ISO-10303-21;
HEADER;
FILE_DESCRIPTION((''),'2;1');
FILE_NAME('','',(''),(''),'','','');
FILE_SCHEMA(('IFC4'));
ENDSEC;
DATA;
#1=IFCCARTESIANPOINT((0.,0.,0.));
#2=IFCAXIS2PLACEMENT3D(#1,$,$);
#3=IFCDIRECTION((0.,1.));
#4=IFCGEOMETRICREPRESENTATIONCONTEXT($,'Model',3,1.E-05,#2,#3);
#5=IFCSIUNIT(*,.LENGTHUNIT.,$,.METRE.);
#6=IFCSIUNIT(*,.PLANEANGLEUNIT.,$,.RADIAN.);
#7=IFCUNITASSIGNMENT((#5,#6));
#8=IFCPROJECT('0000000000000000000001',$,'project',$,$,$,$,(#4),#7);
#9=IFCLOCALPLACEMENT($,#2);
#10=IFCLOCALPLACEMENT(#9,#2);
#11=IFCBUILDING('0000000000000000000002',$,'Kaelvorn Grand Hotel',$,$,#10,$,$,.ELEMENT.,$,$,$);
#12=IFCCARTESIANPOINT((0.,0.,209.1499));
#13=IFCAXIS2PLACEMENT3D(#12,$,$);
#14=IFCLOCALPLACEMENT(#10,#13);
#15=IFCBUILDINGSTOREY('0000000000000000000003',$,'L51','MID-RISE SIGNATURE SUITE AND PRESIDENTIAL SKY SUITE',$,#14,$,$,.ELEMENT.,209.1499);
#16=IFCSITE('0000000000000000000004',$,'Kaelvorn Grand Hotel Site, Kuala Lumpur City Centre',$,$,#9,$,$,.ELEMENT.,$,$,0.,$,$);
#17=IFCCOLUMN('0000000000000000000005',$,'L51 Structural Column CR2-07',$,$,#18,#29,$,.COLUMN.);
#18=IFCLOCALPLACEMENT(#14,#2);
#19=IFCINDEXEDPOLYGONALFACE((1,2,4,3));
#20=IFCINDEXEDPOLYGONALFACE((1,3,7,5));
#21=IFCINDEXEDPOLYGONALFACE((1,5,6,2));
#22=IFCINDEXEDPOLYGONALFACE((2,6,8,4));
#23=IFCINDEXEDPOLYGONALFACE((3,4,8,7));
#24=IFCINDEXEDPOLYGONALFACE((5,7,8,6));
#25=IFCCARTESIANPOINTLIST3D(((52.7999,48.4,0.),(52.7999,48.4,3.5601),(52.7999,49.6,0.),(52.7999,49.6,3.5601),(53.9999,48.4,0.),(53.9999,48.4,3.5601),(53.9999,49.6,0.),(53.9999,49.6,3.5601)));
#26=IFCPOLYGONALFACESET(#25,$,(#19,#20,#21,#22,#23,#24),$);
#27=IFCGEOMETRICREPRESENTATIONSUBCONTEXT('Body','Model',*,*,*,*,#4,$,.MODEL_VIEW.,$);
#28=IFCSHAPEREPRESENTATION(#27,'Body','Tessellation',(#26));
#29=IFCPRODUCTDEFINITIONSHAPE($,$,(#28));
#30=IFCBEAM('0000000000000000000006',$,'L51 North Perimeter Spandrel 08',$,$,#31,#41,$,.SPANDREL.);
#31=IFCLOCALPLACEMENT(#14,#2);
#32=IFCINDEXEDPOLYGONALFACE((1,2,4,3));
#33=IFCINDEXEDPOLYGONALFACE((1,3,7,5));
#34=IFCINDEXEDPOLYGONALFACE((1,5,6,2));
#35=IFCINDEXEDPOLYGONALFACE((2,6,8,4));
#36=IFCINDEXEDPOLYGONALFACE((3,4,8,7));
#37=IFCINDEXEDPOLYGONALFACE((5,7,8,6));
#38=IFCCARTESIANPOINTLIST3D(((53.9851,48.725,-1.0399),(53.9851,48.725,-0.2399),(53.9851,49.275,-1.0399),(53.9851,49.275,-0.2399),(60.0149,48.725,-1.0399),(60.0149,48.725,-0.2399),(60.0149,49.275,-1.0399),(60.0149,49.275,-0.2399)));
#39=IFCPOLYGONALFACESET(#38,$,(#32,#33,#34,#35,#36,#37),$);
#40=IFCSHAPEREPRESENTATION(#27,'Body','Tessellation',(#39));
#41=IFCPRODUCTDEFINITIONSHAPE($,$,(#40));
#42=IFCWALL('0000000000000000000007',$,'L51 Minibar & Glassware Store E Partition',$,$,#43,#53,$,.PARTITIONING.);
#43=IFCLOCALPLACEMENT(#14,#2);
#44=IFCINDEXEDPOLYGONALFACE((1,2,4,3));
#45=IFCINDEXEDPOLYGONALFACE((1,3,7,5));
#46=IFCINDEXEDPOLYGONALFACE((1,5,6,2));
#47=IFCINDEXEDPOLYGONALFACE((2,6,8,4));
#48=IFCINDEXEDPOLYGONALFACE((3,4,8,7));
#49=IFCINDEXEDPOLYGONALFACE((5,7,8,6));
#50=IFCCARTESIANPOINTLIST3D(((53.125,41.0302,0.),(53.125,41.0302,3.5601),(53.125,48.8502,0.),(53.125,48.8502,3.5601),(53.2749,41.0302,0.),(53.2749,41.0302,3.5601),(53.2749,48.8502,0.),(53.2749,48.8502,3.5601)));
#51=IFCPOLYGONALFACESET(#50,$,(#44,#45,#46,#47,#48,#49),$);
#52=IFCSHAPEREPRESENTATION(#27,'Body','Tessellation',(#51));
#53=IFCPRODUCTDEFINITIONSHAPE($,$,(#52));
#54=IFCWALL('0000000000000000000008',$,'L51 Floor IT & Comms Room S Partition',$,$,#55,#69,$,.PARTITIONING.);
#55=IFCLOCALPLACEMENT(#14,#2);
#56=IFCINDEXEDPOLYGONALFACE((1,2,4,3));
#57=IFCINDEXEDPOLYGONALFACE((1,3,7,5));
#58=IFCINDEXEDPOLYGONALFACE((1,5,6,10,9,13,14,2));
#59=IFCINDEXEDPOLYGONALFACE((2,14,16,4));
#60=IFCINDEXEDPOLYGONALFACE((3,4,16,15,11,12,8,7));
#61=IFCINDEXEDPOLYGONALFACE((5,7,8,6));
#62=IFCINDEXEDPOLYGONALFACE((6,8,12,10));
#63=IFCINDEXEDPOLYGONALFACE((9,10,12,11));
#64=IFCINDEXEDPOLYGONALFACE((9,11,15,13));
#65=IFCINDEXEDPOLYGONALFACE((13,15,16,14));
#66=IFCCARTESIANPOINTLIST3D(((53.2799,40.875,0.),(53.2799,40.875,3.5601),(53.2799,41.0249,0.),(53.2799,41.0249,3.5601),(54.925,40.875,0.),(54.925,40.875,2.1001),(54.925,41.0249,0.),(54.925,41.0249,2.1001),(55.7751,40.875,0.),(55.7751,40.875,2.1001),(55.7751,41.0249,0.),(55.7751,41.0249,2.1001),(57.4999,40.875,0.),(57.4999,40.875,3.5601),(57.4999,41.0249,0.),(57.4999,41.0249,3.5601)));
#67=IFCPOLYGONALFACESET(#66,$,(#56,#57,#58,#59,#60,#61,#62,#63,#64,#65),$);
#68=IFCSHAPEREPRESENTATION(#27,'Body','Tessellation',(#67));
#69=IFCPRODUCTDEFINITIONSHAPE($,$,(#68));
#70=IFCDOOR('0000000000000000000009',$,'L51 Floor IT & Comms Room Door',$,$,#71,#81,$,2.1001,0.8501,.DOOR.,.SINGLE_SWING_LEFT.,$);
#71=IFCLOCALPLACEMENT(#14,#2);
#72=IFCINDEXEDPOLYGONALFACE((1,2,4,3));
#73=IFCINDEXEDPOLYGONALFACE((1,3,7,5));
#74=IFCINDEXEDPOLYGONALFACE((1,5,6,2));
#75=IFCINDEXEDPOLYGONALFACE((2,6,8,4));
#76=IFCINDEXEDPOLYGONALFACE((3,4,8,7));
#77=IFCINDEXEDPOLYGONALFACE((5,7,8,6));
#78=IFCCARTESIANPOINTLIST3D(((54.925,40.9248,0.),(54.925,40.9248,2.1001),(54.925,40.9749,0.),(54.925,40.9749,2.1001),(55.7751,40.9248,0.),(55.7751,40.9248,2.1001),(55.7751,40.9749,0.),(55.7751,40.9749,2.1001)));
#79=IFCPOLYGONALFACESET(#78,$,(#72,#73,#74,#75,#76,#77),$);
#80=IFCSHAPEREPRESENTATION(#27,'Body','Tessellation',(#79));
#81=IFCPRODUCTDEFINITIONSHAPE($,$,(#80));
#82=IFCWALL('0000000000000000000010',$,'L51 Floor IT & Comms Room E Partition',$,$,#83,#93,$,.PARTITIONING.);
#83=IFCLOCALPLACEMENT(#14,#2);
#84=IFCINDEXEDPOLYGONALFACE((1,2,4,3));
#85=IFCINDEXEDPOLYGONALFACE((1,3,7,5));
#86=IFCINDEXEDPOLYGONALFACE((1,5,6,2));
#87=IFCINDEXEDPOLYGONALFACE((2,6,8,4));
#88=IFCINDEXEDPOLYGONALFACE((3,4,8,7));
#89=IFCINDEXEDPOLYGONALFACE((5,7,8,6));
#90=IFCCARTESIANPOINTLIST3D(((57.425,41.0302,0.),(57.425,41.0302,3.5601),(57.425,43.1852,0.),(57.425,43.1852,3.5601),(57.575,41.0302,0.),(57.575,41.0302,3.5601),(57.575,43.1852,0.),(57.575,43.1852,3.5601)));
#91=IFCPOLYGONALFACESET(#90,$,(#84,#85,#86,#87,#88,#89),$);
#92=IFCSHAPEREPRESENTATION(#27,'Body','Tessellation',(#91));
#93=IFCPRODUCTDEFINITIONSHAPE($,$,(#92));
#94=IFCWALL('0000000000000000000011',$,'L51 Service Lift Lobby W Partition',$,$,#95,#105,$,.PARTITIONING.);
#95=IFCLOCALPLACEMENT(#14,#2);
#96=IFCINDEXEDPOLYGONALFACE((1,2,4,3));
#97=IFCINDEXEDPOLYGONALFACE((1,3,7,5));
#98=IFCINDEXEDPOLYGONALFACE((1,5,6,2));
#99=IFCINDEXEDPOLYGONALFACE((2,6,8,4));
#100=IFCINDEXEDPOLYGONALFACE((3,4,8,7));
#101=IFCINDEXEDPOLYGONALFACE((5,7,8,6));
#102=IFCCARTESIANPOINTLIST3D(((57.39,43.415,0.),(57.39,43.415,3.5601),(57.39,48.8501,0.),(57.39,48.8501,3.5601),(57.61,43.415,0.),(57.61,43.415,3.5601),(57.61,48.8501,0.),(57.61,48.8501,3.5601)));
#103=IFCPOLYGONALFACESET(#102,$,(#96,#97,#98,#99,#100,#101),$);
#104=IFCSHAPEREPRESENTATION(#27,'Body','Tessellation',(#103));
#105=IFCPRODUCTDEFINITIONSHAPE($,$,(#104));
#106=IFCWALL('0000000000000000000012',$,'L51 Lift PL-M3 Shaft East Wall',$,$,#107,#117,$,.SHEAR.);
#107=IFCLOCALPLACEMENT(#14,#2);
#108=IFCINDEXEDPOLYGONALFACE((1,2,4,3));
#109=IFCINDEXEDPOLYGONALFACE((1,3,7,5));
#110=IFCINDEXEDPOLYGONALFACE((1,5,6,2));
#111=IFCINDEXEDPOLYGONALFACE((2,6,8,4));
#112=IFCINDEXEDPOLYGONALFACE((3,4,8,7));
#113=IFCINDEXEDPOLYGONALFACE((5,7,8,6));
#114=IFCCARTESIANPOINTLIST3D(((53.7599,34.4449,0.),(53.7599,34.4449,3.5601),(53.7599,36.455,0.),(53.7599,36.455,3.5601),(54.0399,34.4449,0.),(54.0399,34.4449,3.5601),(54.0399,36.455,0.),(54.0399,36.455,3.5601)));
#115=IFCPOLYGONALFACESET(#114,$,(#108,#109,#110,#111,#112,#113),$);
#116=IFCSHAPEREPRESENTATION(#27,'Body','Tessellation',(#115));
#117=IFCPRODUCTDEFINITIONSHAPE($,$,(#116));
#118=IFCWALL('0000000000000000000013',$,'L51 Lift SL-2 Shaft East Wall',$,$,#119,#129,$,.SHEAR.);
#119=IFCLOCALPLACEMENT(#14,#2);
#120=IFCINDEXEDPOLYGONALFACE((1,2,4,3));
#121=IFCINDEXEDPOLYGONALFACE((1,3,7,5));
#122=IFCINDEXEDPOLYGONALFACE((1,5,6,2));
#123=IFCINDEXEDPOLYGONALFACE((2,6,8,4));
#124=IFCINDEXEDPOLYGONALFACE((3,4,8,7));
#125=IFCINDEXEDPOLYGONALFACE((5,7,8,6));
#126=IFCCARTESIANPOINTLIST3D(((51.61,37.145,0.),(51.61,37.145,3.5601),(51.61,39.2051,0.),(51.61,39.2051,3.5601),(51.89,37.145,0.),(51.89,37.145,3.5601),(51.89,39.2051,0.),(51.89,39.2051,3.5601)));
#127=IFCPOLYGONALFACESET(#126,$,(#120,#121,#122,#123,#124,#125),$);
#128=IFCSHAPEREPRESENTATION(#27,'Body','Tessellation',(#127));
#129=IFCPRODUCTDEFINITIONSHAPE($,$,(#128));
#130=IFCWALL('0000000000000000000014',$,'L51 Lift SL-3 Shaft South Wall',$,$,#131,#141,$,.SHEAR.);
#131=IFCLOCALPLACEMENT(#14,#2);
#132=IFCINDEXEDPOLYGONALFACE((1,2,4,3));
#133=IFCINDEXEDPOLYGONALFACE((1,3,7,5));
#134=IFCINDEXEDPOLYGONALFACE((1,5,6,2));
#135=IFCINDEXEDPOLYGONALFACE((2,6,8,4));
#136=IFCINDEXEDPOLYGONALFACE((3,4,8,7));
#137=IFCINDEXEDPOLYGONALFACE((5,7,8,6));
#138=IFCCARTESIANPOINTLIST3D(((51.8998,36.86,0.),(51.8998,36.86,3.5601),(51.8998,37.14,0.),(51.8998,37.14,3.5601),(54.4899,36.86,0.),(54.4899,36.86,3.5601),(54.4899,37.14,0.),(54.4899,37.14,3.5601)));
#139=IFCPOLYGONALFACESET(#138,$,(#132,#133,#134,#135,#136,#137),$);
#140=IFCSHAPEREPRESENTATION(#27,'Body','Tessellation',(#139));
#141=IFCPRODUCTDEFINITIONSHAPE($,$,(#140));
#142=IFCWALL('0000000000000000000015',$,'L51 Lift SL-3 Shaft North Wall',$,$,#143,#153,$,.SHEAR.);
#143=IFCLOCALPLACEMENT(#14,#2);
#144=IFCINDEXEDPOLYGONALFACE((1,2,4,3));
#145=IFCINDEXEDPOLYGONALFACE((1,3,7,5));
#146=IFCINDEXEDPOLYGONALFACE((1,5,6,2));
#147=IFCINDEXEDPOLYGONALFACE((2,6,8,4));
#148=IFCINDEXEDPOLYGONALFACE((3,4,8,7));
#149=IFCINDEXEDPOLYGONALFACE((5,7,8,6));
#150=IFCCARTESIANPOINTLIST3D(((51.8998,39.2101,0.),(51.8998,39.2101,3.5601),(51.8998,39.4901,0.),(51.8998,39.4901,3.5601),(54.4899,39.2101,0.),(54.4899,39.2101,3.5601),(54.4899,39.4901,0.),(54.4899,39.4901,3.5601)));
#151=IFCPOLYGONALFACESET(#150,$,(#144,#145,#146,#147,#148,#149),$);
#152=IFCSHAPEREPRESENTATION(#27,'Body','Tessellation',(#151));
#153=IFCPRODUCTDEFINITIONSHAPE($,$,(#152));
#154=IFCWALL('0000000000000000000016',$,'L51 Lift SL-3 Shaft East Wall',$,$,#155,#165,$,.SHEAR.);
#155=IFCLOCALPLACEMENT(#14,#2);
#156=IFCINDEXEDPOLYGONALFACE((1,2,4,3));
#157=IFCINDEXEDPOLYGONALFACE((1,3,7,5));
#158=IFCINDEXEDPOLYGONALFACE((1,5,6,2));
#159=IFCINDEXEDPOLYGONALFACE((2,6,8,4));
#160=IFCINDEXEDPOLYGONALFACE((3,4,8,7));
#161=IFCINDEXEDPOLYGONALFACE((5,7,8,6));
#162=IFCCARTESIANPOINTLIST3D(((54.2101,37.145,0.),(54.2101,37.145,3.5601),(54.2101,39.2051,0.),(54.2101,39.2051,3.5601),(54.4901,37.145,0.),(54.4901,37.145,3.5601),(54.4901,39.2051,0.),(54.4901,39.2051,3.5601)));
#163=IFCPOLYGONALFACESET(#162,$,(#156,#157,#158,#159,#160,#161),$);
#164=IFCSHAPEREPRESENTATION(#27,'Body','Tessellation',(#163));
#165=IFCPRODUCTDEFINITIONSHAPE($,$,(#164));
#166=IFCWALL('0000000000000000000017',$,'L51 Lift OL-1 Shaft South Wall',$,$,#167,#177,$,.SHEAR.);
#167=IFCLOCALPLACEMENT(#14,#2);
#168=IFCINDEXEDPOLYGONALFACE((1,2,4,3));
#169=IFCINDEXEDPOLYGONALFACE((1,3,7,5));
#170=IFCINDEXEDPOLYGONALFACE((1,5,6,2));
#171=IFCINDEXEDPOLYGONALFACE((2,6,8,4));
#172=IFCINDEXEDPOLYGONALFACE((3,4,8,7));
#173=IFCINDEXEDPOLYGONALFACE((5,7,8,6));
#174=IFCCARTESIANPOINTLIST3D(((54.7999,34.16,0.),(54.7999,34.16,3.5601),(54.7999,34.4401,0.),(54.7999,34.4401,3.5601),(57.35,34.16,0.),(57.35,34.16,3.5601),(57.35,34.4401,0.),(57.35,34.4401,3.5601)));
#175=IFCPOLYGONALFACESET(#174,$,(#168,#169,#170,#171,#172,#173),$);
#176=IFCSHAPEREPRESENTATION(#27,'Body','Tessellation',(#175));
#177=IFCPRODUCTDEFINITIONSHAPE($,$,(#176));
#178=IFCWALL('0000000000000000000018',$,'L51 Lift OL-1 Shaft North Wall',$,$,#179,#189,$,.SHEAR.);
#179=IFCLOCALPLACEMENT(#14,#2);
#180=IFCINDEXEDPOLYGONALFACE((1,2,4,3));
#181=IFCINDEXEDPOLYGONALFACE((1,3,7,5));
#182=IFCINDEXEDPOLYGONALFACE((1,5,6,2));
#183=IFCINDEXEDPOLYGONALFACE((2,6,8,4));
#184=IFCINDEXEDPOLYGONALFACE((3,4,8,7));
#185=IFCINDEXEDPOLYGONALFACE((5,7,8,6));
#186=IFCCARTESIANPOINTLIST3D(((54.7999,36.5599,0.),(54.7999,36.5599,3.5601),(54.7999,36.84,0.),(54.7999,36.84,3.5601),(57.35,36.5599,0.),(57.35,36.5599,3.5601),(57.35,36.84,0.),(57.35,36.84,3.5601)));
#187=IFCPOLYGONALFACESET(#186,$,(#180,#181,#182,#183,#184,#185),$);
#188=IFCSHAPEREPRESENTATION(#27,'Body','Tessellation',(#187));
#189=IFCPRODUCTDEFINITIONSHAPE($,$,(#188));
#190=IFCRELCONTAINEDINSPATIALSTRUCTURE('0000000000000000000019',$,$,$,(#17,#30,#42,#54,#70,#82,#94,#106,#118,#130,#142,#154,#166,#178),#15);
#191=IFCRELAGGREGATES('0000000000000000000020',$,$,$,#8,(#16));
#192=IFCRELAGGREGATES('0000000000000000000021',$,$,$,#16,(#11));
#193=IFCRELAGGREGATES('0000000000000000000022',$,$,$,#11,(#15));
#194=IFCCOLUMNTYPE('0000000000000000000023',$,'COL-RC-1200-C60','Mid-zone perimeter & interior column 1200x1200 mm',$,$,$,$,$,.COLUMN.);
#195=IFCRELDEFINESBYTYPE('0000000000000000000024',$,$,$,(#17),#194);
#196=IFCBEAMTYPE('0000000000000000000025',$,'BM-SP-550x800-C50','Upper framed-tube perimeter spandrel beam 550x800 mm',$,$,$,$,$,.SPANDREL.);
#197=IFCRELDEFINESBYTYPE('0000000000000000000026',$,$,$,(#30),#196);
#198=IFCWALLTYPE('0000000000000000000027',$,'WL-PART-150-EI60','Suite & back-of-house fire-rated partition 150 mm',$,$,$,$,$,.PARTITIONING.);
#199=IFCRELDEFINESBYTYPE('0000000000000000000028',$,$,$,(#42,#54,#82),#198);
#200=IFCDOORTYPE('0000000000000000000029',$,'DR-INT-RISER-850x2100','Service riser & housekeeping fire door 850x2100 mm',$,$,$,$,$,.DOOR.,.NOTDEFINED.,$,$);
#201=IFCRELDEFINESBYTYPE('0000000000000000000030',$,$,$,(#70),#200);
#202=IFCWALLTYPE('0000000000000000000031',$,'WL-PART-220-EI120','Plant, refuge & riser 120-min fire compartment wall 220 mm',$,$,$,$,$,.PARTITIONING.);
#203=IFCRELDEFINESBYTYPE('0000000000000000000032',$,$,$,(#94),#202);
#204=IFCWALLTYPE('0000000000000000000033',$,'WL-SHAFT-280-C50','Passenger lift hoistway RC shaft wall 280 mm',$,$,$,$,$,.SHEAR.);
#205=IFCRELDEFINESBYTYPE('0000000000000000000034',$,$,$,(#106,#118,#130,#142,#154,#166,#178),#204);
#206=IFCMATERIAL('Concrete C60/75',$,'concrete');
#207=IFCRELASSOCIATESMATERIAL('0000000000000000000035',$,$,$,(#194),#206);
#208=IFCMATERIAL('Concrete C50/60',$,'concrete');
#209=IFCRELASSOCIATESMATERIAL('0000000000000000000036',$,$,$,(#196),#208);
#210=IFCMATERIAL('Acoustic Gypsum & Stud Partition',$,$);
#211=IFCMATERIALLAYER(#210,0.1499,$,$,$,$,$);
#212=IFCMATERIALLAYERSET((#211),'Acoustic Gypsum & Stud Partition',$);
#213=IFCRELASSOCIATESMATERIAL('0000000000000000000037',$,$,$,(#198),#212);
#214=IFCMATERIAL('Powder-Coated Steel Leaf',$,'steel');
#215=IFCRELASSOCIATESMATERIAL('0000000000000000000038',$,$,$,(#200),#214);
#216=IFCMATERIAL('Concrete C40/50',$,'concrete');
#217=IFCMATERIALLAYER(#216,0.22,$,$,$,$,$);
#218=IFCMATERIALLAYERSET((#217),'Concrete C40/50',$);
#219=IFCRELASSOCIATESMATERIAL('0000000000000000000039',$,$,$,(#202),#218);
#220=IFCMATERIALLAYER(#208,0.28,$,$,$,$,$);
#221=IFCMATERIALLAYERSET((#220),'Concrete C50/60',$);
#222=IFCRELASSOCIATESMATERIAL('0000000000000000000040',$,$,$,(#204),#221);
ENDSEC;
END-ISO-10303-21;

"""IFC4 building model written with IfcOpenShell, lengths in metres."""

from ifc_helpers import new_model, si_unit, direction, frame, frame_2d, origin, origin_2d, place, context, subcontext, project, spatial, rectangle, extrude, material, layer, layer_set, material_profile, profile_set, type_object, element, fill, save


model = new_model("IFC4")

# Units and contexts
model_context = context("Model", 3, precision=1e-05, world=origin(), true_north=direction((0.0, 1.0)))
body_context = subcontext(model_context, "Body", "Model", "MODEL_VIEW")
ifc_project = project(units=[si_unit("LENGTHUNIT", "METRE"), si_unit("PLANEANGLEUNIT", "RADIAN")], contexts=[model_context])

# Site, building, storey
site_placement = place(None, origin())
site = spatial("IfcSite", under=ifc_project, at=site_placement, Name="Kaelvorn Grand Hotel Site, Kuala Lumpur City Centre", CompositionType="ELEMENT", RefElevation=0.0)
building_placement = place(site_placement, origin())
building = spatial("IfcBuilding", under=site, at=building_placement, Name="Kaelvorn Grand Hotel", CompositionType="ELEMENT")
storey_placement = place(building_placement, frame((0.0, 0.0, 209.1499)))
storey = spatial("IfcBuildingStorey", under=building, at=storey_placement, Name="L51", Description="MID-RISE SIGNATURE SUITE AND PRESIDENTIAL SKY SUITE", CompositionType="ELEMENT", Elevation=209.1499)

# Column
ifc_material_1 = material(Name="Concrete C60/75", Category="concrete")
ifc_material_profile_1 = material_profile(ifc_material_1, rectangle(XDim=1.2, YDim=1.2, at=origin_2d()), Name="RC COL 1200x1200")
ifc_profile_set_1 = profile_set([ifc_material_profile_1], Name="Concrete C60/75")
column_type = type_object("IfcColumnType", Name="COL-RC-1200-C60", Description="Mid-zone perimeter & interior column 1200x1200 mm", PredefinedType="COLUMN", material=ifc_profile_set_1)
column_placement = place(storey_placement, frame((53.3999, 49.0, 0.0), z_axis=(0.0, 0.0, 1.0), x_axis=(1.0, 0.0, 0.0)))
element("IfcColumn", 1, at=column_placement, inside=storey, type_object=column_type, Name="L51 Structural Column CR2-07", PredefinedType="COLUMN", context=body_context, shape_type="SweptSolid", body=[
    extrude(rectangle(XDim=1.2, YDim=1.2, at=origin_2d()), origin(), (0.0, 0.0, 1.0), 3.5601),
])

# Beam
ifc_material_2 = material(Name="Concrete C50/60", Category="concrete")
ifc_material_profile_2 = material_profile(ifc_material_2, rectangle(XDim=0.55, YDim=0.8, at=origin_2d()), Name="RC SPANDREL 550x800")
ifc_profile_set_2 = profile_set([ifc_material_profile_2], Name="Concrete C50/60")
beam_type = type_object("IfcBeamType", Name="BM-SP-550x800-C50", Description="Upper framed-tube perimeter spandrel beam 550x800 mm", PredefinedType="SPANDREL", material=ifc_profile_set_2)
beam_placement = place(storey_placement, frame((53.9851, 49.0, -0.6399), z_axis=(1.0, 0.0, 0.0), x_axis=(0.0, 1.0, 0.0)))
element("IfcBeam", 2, at=beam_placement, inside=storey, type_object=beam_type, Name="L51 North Perimeter Spandrel 08", PredefinedType="SPANDREL", context=body_context, shape_type="SweptSolid", body=[
    extrude(rectangle(XDim=0.55, YDim=0.8, at=origin_2d()), origin(), (0.0, 0.0, 1.0), 6.0298),
])

# Wall
ifc_material_3 = material(Name="Acoustic Gypsum & Stud Partition")
ifc_layer_1 = layer(ifc_material_3, 0.1499)
ifc_layer_set_1 = layer_set([ifc_layer_1], Name="Acoustic Gypsum & Stud Partition")
wall_type_1 = type_object("IfcWallType", Name="WL-PART-150-EI60", Description="Suite & back-of-house fire-rated partition 150 mm", PredefinedType="PARTITIONING", material=ifc_layer_set_1)
wall_1_placement = place(storey_placement, frame((53.2, 41.03, 0.0), z_axis=(0.0, 0.0, 1.0), x_axis=(0.0, 1.0, 0.0)))
element("IfcWall", 3, at=wall_1_placement, inside=storey, type_object=wall_type_1, Name="L51 Minibar & Glassware Store E Partition", PredefinedType="PARTITIONING", context=body_context, shape_type="SweptSolid", body=[
    extrude(rectangle(XDim=7.8201, YDim=0.1499, at=frame_2d((3.9102, 0.0))), origin(), (0.0, 0.0, 1.0), 3.5601),
])

# Wall, opening, door
wall_2_placement = place(storey_placement, frame((53.28, 40.95, 0.0), z_axis=(0.0, 0.0, 1.0), x_axis=(1.0, 0.0, 0.0)))
wall_2 = element("IfcWall", 4, at=wall_2_placement, inside=storey, type_object=wall_type_1, Name="L51 Floor IT & Comms Room S Partition", PredefinedType="PARTITIONING", context=body_context, shape_type="SweptSolid", body=[
    extrude(rectangle(XDim=4.22, YDim=0.1499, at=frame_2d((2.1099, 0.0))), origin(), (0.0, 0.0, 1.0), 3.5601),
])
opening_1_placement = place(wall_2_placement, frame((1.645, 0.0, 0.0)))
opening_1 = element("IfcOpeningElement", 5, at=opening_1_placement, cuts=wall_2, PredefinedType="OPENING", context=body_context, shape_type="SweptSolid", body=[
    extrude(rectangle(XDim=0.8501, YDim=2.1001, at=frame_2d((0.425, 1.05))), frame((0.0, 0.085, 0.0), z_axis=(0.0, -1.0, 0.0), x_axis=(1.0, 0.0, 0.0)), (0.0, 0.0, 1.0), 0.1699),
])
ifc_material_4 = material(Name="Powder-Coated Steel Leaf", Category="steel")
door_type_1 = type_object("IfcDoorType", Name="DR-INT-RISER-850x2100", Description="Service riser & housekeeping fire door 850x2100 mm", OperationType="NOTDEFINED", PredefinedType="DOOR", material=ifc_material_4)
door_1_placement = place(opening_1_placement, origin())
door_1 = element("IfcDoor", 6, at=door_1_placement, inside=storey, type_object=door_type_1, Name="L51 Floor IT & Comms Room Door", OperationType="SINGLE_SWING_LEFT", OverallHeight=2.1001, OverallWidth=0.8501, PredefinedType="DOOR", context=body_context, shape_type="SweptSolid", body=[
    extrude(rectangle(XDim=0.8501, YDim=2.1001, at=frame_2d((0.425, 1.05))), frame((0.0, 0.0249, 0.0), z_axis=(0.0, -1.0, 0.0), x_axis=(1.0, 0.0, 0.0)), (0.0, 0.0, 1.0), 0.05),
])
fill(opening_1, door_1)

# Wall
wall_3_placement = place(storey_placement, frame((57.5, 41.03, 0.0), z_axis=(0.0, 0.0, 1.0), x_axis=(0.0, 1.0, 0.0)))
element("IfcWall", 7, at=wall_3_placement, inside=storey, type_object=wall_type_1, Name="L51 Floor IT & Comms Room E Partition", PredefinedType="PARTITIONING", context=body_context, shape_type="SweptSolid", body=[
    extrude(rectangle(XDim=2.155, YDim=0.1499, at=frame_2d((1.0776, 0.0))), origin(), (0.0, 0.0, 1.0), 3.5601),
])

# Shared definitions
ifc_material_5 = material(Name="Concrete C40/50", Category="concrete")
ifc_layer_2 = layer(ifc_material_5, 0.22)
ifc_layer_set_2 = layer_set([ifc_layer_2], Name="Concrete C40/50")
wall_type_2 = type_object("IfcWallType", Name="WL-PART-220-EI120", Description="Plant, refuge & riser 120-min fire compartment wall 220 mm", PredefinedType="PARTITIONING", material=ifc_layer_set_2)

# Walls
wall_4_placement = place(storey_placement, frame((57.5, 43.415, 0.0), z_axis=(0.0, 0.0, 1.0), x_axis=(0.0, 1.0, 0.0)))
element("IfcWall", 8, at=wall_4_placement, inside=storey, type_object=wall_type_2, Name="L51 Service Lift Lobby W Partition", PredefinedType="PARTITIONING", context=body_context, shape_type="SweptSolid", body=[
    extrude(rectangle(XDim=5.4351, YDim=0.22, at=frame_2d((2.7175, 0.0))), origin(), (0.0, 0.0, 1.0), 3.5601),
])
ifc_layer_3 = layer(ifc_material_2, 0.28)
ifc_layer_set_3 = layer_set([ifc_layer_3], Name="Concrete C50/60")
wall_type_3 = type_object("IfcWallType", Name="WL-SHAFT-280-C50", Description="Passenger lift hoistway RC shaft wall 280 mm", PredefinedType="SHEAR", material=ifc_layer_set_3)
wall_5_placement = place(storey_placement, frame((53.8999, 34.4451, 0.0), z_axis=(0.0, 0.0, 1.0), x_axis=(0.0, 1.0, 0.0)))
element("IfcWall", 9, at=wall_5_placement, inside=storey, type_object=wall_type_3, Name="L51 Lift PL-M3 Shaft East Wall", PredefinedType="SHEAR", context=body_context, shape_type="SweptSolid", body=[
    extrude(rectangle(XDim=2.01, YDim=0.28, at=frame_2d((1.0049, 0.0))), origin(), (0.0, 0.0, 1.0), 3.5601),
])
wall_6_placement = place(storey_placement, frame((51.75, 37.145, 0.0), z_axis=(0.0, 0.0, 1.0), x_axis=(0.0, 1.0, 0.0)))
element("IfcWall", 10, at=wall_6_placement, inside=storey, type_object=wall_type_3, Name="L51 Lift SL-2 Shaft East Wall", PredefinedType="SHEAR", context=body_context, shape_type="SweptSolid", body=[
    extrude(rectangle(XDim=2.0601, YDim=0.28, at=frame_2d((1.03, 0.0))), origin(), (0.0, 0.0, 1.0), 3.5601),
])
for number, where, z_axis, x_axis, name in (
    (11, (51.8999, 37.0, 0.0), (0.0, 0.0, 1.0), (1.0, 0.0, 0.0), "L51 Lift SL-3 Shaft South Wall"),
    (12, (51.8999, 39.3501, 0.0), (0.0, 0.0, 1.0), (1.0, 0.0, 0.0), "L51 Lift SL-3 Shaft North Wall"),
):
    element("IfcWall", number, at=place(storey_placement, frame(where, z_axis=z_axis, x_axis=x_axis)), inside=storey, type_object=wall_type_3, Name=name, PredefinedType="SHEAR", context=body_context, shape_type="SweptSolid", body=[
        extrude(rectangle(XDim=2.5901, YDim=0.28, at=frame_2d((1.2949, 0.0))), origin(), (0.0, 0.0, 1.0), 3.5601),
    ])
wall_7_placement = place(storey_placement, frame((54.3501, 37.145, 0.0), z_axis=(0.0, 0.0, 1.0), x_axis=(0.0, 1.0, 0.0)))
element("IfcWall", 13, at=wall_7_placement, inside=storey, type_object=wall_type_3, Name="L51 Lift SL-3 Shaft East Wall", PredefinedType="SHEAR", context=body_context, shape_type="SweptSolid", body=[
    extrude(rectangle(XDim=2.0601, YDim=0.28, at=frame_2d((1.03, 0.0))), origin(), (0.0, 0.0, 1.0), 3.5601),
])
for number, where, z_axis, x_axis, name in (
    (14, (54.8, 34.3, 0.0), (0.0, 0.0, 1.0), (1.0, 0.0, 0.0), "L51 Lift OL-1 Shaft South Wall"),
    (15, (54.8, 36.7, 0.0), (0.0, 0.0, 1.0), (1.0, 0.0, 0.0), "L51 Lift OL-1 Shaft North Wall"),
):
    element("IfcWall", number, at=place(storey_placement, frame(where, z_axis=z_axis, x_axis=x_axis)), inside=storey, type_object=wall_type_3, Name=name, PredefinedType="SHEAR", context=body_context, shape_type="SweptSolid", body=[
        extrude(rectangle(XDim=2.55, YDim=0.28, at=frame_2d((1.2749, 0.0))), origin(), (0.0, 0.0, 1.0), 3.5601),
    ])

save(model, "model.ifc")
